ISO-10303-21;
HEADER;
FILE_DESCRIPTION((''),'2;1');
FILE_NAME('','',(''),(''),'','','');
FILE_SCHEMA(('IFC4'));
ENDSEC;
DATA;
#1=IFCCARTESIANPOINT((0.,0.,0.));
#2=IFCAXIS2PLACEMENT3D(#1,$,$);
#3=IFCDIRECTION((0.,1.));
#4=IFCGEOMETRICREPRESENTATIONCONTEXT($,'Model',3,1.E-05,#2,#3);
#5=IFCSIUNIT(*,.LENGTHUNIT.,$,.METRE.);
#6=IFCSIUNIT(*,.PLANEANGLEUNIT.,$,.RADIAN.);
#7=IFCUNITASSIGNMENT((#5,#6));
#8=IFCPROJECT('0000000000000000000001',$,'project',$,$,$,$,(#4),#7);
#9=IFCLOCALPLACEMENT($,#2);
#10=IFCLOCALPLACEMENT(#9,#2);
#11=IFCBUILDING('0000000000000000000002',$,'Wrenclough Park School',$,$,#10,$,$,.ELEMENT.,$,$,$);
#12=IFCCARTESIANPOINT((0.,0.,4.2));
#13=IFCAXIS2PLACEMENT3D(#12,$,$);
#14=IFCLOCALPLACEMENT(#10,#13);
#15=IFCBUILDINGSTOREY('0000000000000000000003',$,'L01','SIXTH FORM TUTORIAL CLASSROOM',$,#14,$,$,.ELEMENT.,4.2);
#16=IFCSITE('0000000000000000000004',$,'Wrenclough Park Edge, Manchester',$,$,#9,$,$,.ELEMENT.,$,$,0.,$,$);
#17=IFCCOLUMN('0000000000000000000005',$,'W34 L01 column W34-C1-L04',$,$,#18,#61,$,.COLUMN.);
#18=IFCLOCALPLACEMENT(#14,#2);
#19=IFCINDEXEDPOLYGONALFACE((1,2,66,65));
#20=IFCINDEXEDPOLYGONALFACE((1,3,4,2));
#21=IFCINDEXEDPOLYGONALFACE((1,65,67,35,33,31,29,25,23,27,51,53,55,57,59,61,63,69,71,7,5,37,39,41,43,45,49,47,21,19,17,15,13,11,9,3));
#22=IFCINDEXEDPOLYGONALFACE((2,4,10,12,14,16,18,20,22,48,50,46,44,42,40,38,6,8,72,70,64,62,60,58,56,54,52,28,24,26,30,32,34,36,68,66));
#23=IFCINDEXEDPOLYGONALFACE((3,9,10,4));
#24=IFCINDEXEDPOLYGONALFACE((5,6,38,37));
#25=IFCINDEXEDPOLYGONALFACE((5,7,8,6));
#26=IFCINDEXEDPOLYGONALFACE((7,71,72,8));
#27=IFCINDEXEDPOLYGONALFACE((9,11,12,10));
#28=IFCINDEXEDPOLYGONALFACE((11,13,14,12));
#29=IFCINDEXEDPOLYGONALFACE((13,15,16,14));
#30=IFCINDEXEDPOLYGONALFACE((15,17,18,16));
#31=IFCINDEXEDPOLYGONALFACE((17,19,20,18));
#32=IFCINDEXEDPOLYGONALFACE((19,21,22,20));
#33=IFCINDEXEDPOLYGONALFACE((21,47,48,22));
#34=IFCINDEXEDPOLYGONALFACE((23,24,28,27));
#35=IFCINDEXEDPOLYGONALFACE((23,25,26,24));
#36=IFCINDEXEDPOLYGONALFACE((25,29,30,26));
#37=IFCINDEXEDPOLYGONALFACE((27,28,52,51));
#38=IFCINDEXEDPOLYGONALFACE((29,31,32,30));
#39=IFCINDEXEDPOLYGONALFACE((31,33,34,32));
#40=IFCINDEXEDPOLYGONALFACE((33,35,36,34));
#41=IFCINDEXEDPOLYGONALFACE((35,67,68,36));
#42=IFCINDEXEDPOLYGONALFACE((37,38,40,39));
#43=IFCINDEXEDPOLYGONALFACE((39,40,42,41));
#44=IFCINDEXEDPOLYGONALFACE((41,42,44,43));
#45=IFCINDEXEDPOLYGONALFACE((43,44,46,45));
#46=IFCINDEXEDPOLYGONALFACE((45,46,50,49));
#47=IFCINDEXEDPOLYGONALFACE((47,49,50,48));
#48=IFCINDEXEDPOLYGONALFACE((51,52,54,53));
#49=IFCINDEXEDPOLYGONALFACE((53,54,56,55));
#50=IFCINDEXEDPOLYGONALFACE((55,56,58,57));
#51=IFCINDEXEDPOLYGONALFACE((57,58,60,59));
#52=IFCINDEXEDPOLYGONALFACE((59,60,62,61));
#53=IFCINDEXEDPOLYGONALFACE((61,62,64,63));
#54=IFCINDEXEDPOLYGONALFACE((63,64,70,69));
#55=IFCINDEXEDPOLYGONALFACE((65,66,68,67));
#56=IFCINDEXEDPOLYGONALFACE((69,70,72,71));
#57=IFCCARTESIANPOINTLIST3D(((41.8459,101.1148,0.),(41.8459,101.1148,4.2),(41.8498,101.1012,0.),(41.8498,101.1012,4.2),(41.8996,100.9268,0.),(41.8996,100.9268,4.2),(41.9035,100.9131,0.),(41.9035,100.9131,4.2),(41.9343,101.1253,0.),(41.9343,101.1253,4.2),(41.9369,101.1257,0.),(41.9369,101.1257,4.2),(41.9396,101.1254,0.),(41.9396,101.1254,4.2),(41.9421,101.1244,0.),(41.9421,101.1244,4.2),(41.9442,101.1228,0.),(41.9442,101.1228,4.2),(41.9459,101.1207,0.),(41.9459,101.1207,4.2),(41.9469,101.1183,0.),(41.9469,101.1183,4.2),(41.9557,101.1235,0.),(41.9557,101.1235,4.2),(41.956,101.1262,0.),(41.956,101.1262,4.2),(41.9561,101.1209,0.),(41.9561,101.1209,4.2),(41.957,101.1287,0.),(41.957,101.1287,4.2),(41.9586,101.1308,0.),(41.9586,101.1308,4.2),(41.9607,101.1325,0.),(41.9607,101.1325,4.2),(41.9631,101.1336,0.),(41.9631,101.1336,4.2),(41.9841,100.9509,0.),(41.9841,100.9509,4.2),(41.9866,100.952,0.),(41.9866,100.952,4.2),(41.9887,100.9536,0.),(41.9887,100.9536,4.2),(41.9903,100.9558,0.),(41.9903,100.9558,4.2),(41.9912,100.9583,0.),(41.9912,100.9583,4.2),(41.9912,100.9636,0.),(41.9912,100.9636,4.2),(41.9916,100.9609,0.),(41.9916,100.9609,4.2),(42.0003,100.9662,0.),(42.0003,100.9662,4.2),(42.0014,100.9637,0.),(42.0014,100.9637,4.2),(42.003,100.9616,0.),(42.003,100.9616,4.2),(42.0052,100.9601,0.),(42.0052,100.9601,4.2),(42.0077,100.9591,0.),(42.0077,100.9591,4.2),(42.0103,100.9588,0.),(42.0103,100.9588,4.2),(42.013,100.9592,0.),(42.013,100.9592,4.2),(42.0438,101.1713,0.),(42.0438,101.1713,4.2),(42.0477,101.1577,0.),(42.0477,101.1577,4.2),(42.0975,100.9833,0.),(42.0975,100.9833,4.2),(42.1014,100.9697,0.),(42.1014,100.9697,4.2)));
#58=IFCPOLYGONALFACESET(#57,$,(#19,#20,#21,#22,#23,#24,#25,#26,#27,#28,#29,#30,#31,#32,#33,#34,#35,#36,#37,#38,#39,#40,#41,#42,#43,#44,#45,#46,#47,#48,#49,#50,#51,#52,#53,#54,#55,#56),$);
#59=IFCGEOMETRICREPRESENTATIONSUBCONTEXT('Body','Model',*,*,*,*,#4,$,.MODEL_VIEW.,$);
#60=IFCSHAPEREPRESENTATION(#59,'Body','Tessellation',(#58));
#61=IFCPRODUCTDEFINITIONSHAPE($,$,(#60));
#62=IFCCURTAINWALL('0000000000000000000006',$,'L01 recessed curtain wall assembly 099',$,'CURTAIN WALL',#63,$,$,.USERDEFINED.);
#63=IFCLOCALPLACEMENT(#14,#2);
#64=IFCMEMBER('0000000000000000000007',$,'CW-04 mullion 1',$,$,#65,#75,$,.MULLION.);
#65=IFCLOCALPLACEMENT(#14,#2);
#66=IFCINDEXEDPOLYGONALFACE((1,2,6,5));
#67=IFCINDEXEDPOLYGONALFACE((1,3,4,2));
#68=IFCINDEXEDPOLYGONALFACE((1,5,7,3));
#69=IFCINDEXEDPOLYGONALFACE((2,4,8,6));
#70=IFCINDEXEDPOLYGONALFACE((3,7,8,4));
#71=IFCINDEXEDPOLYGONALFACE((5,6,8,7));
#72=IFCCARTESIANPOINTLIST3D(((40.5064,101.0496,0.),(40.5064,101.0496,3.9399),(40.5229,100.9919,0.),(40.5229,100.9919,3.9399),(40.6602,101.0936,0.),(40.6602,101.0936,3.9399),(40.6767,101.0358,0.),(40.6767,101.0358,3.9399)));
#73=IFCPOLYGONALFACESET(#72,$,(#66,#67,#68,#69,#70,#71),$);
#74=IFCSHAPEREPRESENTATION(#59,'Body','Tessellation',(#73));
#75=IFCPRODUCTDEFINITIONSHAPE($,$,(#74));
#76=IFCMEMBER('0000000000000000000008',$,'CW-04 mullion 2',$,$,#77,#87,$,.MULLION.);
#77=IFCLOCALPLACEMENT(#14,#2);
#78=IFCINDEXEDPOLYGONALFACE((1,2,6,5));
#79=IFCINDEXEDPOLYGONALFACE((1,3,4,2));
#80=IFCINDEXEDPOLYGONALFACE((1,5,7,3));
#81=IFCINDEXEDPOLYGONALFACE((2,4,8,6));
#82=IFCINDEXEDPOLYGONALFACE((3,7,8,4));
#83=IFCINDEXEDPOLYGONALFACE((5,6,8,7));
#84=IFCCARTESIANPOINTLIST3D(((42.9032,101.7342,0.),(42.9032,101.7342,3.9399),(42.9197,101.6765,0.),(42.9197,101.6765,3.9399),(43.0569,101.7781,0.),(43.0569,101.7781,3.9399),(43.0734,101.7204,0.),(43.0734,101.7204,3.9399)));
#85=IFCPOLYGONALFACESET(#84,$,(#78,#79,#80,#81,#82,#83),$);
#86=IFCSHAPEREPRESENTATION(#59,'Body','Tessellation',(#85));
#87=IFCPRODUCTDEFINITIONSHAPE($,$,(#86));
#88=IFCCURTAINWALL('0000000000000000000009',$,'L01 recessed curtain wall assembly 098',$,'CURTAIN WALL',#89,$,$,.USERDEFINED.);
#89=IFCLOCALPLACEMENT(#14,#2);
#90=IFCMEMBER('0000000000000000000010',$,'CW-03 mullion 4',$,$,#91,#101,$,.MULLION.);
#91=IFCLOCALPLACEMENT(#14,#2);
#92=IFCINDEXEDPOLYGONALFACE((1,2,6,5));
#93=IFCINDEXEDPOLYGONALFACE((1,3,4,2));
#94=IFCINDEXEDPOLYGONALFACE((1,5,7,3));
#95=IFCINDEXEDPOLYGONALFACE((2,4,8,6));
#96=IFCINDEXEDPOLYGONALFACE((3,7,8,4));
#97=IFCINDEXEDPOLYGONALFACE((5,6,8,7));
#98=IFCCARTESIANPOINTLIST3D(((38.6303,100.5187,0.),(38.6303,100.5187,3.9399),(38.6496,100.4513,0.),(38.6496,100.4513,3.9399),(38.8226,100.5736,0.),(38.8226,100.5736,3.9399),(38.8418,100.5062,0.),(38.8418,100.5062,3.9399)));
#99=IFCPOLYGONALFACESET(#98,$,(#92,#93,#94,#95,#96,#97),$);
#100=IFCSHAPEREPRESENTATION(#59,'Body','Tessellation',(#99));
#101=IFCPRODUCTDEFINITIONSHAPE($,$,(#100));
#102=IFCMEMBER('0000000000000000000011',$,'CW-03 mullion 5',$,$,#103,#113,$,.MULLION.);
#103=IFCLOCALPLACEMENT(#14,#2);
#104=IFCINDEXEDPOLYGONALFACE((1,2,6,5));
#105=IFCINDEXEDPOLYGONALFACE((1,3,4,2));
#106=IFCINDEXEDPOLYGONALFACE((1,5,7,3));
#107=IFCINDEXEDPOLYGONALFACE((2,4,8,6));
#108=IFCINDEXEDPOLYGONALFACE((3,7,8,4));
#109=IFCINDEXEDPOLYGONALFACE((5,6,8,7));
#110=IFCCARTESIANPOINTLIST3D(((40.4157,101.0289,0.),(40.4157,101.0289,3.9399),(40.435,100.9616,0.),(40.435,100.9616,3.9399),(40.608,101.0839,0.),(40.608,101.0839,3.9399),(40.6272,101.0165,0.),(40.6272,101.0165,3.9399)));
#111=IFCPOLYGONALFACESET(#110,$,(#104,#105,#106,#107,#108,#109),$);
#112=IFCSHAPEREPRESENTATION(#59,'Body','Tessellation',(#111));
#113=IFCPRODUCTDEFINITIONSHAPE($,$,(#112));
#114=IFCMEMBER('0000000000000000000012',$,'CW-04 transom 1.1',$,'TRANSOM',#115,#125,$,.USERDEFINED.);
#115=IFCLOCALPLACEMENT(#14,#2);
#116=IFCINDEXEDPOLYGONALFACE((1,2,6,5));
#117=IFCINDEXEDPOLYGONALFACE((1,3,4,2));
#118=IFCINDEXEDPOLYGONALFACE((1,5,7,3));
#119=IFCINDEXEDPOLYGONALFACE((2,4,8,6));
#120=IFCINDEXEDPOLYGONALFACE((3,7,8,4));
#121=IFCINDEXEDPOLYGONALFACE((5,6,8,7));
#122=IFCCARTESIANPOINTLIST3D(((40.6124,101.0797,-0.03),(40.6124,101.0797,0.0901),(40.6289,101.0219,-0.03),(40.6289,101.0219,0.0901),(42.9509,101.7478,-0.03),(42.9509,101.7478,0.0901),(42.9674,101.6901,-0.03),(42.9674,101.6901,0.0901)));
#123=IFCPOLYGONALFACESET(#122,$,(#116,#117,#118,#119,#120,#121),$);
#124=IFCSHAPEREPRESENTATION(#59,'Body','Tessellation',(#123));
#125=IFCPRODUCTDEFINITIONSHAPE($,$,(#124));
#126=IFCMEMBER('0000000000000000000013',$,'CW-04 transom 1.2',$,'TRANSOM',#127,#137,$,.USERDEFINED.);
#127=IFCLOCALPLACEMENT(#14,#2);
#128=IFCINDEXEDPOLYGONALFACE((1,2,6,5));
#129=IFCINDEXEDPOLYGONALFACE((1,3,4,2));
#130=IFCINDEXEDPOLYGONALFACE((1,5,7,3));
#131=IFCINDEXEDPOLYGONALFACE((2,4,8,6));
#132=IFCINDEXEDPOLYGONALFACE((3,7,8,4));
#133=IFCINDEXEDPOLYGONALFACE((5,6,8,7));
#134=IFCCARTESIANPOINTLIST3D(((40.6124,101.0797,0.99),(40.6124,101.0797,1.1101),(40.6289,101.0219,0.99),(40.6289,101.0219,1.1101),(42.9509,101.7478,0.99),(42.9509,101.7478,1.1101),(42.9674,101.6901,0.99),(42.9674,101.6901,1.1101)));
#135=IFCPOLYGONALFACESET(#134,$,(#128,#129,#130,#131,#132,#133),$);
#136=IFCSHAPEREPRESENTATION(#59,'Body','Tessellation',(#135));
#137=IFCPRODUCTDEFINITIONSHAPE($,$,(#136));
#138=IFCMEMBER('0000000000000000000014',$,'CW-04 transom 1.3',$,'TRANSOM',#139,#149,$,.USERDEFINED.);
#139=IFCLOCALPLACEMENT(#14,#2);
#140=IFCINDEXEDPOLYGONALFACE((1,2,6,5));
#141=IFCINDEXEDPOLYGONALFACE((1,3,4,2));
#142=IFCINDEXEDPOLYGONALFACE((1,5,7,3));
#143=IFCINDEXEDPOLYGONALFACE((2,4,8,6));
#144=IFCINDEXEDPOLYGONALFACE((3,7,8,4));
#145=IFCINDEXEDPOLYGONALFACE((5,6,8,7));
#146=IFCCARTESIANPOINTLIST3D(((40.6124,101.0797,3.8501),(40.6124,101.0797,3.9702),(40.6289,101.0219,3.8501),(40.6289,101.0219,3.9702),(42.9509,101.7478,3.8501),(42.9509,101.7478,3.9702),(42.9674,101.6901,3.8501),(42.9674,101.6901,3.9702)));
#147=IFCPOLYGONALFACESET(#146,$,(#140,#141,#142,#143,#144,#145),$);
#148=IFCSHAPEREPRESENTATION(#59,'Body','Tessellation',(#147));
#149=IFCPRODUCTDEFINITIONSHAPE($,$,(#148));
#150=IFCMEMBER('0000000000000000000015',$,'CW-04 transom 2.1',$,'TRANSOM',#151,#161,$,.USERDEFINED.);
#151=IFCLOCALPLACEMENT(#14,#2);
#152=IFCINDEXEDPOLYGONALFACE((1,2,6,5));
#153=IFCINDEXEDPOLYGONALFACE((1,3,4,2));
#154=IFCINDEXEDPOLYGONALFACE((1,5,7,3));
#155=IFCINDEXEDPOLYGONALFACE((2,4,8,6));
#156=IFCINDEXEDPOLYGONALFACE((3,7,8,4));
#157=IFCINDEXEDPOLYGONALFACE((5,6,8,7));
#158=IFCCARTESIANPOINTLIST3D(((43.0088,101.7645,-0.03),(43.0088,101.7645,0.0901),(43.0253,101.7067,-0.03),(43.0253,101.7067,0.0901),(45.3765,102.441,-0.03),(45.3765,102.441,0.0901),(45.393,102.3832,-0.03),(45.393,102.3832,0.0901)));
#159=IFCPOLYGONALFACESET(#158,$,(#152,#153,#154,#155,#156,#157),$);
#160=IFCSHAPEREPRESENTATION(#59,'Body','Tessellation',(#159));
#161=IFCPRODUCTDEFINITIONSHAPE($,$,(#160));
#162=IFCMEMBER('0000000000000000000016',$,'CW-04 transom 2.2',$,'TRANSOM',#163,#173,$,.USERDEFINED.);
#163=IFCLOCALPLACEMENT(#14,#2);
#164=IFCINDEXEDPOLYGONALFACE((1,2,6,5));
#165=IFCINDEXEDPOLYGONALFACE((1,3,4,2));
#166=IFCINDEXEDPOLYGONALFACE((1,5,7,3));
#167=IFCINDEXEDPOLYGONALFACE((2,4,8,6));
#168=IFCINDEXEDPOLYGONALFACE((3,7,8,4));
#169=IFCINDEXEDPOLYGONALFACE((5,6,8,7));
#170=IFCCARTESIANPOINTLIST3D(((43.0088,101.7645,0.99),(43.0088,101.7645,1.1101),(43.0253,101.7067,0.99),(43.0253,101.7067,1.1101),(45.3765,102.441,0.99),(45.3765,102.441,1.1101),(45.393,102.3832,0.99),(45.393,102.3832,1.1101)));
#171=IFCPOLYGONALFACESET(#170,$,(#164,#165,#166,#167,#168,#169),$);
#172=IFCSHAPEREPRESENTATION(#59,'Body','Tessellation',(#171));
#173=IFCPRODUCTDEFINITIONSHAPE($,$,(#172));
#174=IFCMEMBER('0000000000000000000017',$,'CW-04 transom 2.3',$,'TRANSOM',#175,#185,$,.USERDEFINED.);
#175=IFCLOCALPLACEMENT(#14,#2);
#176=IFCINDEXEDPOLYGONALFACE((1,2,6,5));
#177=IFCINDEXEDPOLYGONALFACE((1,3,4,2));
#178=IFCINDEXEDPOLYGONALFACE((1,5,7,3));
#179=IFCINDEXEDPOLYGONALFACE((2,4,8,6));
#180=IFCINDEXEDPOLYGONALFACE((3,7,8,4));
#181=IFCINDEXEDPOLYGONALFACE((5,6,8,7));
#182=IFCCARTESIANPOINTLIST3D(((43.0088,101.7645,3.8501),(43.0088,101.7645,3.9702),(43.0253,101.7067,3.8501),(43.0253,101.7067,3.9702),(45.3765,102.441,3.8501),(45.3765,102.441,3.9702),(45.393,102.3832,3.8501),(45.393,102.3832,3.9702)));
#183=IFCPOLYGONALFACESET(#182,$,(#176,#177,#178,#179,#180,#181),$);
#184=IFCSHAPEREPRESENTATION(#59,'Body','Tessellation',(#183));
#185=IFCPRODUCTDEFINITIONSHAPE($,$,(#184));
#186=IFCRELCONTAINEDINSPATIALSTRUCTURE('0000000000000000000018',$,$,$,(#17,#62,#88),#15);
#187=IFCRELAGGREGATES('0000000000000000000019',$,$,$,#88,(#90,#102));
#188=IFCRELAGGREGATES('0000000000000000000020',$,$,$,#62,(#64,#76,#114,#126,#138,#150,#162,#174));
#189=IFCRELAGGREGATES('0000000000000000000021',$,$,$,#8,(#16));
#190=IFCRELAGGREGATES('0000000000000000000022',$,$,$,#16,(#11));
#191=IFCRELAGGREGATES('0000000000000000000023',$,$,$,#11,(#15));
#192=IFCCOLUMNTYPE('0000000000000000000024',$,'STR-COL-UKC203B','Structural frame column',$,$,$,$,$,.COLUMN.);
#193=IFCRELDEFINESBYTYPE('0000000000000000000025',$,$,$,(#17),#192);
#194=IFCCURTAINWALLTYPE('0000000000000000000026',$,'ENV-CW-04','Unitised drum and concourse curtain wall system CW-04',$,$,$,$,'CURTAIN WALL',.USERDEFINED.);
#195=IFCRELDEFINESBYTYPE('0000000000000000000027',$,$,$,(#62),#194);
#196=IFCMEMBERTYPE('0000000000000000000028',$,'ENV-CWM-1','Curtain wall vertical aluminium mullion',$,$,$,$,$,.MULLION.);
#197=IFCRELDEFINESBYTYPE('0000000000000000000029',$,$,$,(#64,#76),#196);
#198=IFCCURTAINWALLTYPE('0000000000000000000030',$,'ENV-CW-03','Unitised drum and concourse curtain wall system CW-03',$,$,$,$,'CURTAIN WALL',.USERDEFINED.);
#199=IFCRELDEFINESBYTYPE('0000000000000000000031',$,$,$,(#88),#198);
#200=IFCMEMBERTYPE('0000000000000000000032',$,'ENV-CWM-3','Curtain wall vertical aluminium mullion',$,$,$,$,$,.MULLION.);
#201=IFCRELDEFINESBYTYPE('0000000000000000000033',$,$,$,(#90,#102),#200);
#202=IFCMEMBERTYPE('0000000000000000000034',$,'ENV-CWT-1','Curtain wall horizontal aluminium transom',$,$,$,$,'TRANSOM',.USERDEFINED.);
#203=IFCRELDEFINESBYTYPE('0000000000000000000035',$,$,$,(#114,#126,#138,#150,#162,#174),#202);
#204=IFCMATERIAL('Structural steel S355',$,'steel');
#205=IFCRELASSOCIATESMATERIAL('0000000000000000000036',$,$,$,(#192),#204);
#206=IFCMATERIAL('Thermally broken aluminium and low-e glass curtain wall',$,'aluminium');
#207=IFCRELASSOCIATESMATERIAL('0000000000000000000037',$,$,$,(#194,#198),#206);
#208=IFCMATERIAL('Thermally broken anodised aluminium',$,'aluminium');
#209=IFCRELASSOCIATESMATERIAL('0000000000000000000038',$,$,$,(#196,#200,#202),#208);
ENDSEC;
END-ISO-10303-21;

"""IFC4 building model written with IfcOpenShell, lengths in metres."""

from ifc_helpers import new_model, si_unit, direction, frame, origin, origin_2d, place, context, subcontext, project, spatial, rectangle, i_section, extrude, material, material_profile, profile_set, type_object, element, aggregate, save


model = new_model("IFC4")

# Units and contexts
model_context = context("Model", 3, precision=1e-05, world=origin(), true_north=direction((0.0, 1.0)))
body_context = subcontext(model_context, "Body", "Model", "MODEL_VIEW")
ifc_project = project(units=[si_unit("LENGTHUNIT", "METRE"), si_unit("PLANEANGLEUNIT", "RADIAN")], contexts=[model_context])

# Site, building, storey
site_placement = place(None, origin())
site = spatial("IfcSite", under=ifc_project, at=site_placement, Name="Wrenclough Park Edge, Manchester", CompositionType="ELEMENT", RefElevation=0.0)
building_placement = place(site_placement, origin())
building = spatial("IfcBuilding", under=site, at=building_placement, Name="Wrenclough Park School", CompositionType="ELEMENT")
storey_placement = place(building_placement, frame((0.0, 0.0, 4.2)))
storey = spatial("IfcBuildingStorey", under=building, at=storey_placement, Name="L01", Description="SIXTH FORM TUTORIAL CLASSROOM", CompositionType="ELEMENT", Elevation=4.2)

# Column
ifc_material_1 = material(Name="Structural steel S355", Category="steel")
ifc_material_profile_1 = material_profile(ifc_material_1, i_section(OverallWidth=0.2058, OverallDepth=0.2097, WebThickness=0.0095, FlangeThickness=0.0142, FilletRadius=0.0103, at=origin_2d()), Name="UKC 203x203x60")
ifc_profile_set_1 = profile_set([ifc_material_profile_1], Name="Structural steel S355")
column_type = type_object("IfcColumnType", Name="STR-COL-UKC203B", Description="Structural frame column", PredefinedType="COLUMN", material=ifc_profile_set_1)
column_placement = place(storey_placement, frame((41.9736, 101.0422, 0.0), z_axis=(0.0, 0.0, 1.0), x_axis=(0.961502, 0.274798, 0.0)))
element("IfcColumn", 1, at=column_placement, inside=storey, type_object=column_type, Name="W34 L01 column W34-C1-L04", PredefinedType="COLUMN", context=body_context, shape_type="SweptSolid", body=[
    extrude(i_section(OverallWidth=0.2058, OverallDepth=0.2097, WebThickness=0.0095, FlangeThickness=0.0142, FilletRadius=0.0103, at=origin_2d()), origin(), (0.0, 0.0, 1.0), 4.2),
])

# Curtain walls, members
ifc_material_2 = material(Name="Thermally broken aluminium and low-e glass curtain wall", Category="aluminium")
curtain_wall_type_1 = type_object("IfcCurtainWallType", Name="ENV-CW-04", Description="Unitised drum and concourse curtain wall system CW-04", ElementType="CURTAIN WALL", PredefinedType="USERDEFINED", material=ifc_material_2)
curtain_wall_1_placement = place(storey_placement, origin())
curtain_wall_1 = element("IfcCurtainWall", 2, at=curtain_wall_1_placement, inside=storey, type_object=curtain_wall_type_1, Name="L01 recessed curtain wall assembly 099", ObjectType="CURTAIN WALL", PredefinedType="USERDEFINED")
ifc_material_3 = material(Name="Thermally broken anodised aluminium", Category="aluminium")
ifc_material_profile_2 = material_profile(ifc_material_3, rectangle(XDim=0.0601, YDim=0.1599, at=origin_2d()), Name="AL MULLION 60x160")
ifc_profile_set_2 = profile_set([ifc_material_profile_2], Name="Thermally broken anodised aluminium")
member_type_1 = type_object("IfcMemberType", Name="ENV-CWM-1", Description="Curtain wall vertical aluminium mullion", PredefinedType="MULLION", material=ifc_profile_set_2)
member_1_placement = place(storey_placement, frame((40.5916, 101.0427, 0.0), z_axis=(0.0, 0.0, 1.0), x_axis=(-0.274711, 0.961527, 0.0)))
member_1 = element("IfcMember", 3, at=member_1_placement, type_object=member_type_1, Name="CW-04 mullion 1", PredefinedType="MULLION", context=body_context, shape_type="SweptSolid", body=[
    extrude(rectangle(XDim=0.0601, YDim=0.1599, at=origin_2d()), origin(), (0.0, 0.0, 1.0), 3.9399),
])
member_2_placement = place(storey_placement, frame((42.9883, 101.7273, 0.0), z_axis=(0.0, 0.0, 1.0), x_axis=(-0.274711, 0.961527, 0.0)))
member_2 = element("IfcMember", 4, at=member_2_placement, type_object=member_type_1, Name="CW-04 mullion 2", PredefinedType="MULLION", context=body_context, shape_type="SweptSolid", body=[
    extrude(rectangle(XDim=0.0601, YDim=0.1599, at=origin_2d()), origin(), (0.0, 0.0, 1.0), 3.9399),
])
curtain_wall_type_2 = type_object("IfcCurtainWallType", Name="ENV-CW-03", Description="Unitised drum and concourse curtain wall system CW-03", ElementType="CURTAIN WALL", PredefinedType="USERDEFINED", material=ifc_material_2)
curtain_wall_2_placement = place(storey_placement, origin())
curtain_wall_2 = element("IfcCurtainWall", 5, at=curtain_wall_2_placement, inside=storey, type_object=curtain_wall_type_2, Name="L01 recessed curtain wall assembly 098", ObjectType="CURTAIN WALL", PredefinedType="USERDEFINED")
ifc_material_profile_3 = material_profile(ifc_material_3, rectangle(XDim=0.0701, YDim=0.2, at=origin_2d()), Name="AL MULLION 70x200")
ifc_profile_set_3 = profile_set([ifc_material_profile_3], Name="Thermally broken anodised aluminium")
member_type_2 = type_object("IfcMemberType", Name="ENV-CWM-3", Description="Curtain wall vertical aluminium mullion", PredefinedType="MULLION", material=ifc_profile_set_3)
member_3_placement = place(storey_placement, frame((38.7361, 100.5125, 0.0), z_axis=(0.0, 0.0, 1.0), x_axis=(-0.274726, 0.961522, 0.0)))
member_3 = element("IfcMember", 6, at=member_3_placement, type_object=member_type_2, Name="CW-03 mullion 4", PredefinedType="MULLION", context=body_context, shape_type="SweptSolid", body=[
    extrude(rectangle(XDim=0.0701, YDim=0.2, at=origin_2d()), origin(), (0.0, 0.0, 1.0), 3.9399),
])
member_4_placement = place(storey_placement, frame((40.5215, 101.0227, 0.0), z_axis=(0.0, 0.0, 1.0), x_axis=(-0.274726, 0.961522, 0.0)))
member_4 = element("IfcMember", 7, at=member_4_placement, type_object=member_type_2, Name="CW-03 mullion 5", PredefinedType="MULLION", context=body_context, shape_type="SweptSolid", body=[
    extrude(rectangle(XDim=0.0701, YDim=0.2, at=origin_2d()), origin(), (0.0, 0.0, 1.0), 3.9399),
])

# Members
ifc_material_profile_4 = material_profile(ifc_material_3, rectangle(XDim=0.0601, YDim=0.1201, at=origin_2d()), Name="AL TRANSOM 60x120")
ifc_profile_set_4 = profile_set([ifc_material_profile_4], Name="Thermally broken anodised aluminium")
member_type_3 = type_object("IfcMemberType", Name="ENV-CWT-1", Description="Curtain wall horizontal aluminium transom", ElementType="TRANSOM", PredefinedType="USERDEFINED", material=ifc_profile_set_4)
member_5_placement = place(storey_placement, frame((40.6206, 101.0508, 0.03), z_axis=(0.96152, 0.274734, 0.0), x_axis=(-0.274734, 0.96152, 0.0)))
member_5 = element("IfcMember", 8, at=member_5_placement, type_object=member_type_3, Name="CW-04 transom 1.1", ObjectType="TRANSOM", PredefinedType="USERDEFINED", context=body_context, shape_type="SweptSolid", body=[
    extrude(rectangle(XDim=0.0601, YDim=0.1201, at=origin_2d()), origin(), (0.0, 0.0, 1.0), 2.4321),
])
member_6_placement = place(storey_placement, frame((40.6206, 101.0508, 1.05), z_axis=(0.96152, 0.274734, 0.0), x_axis=(-0.274734, 0.96152, 0.0)))
member_6 = element("IfcMember", 9, at=member_6_placement, type_object=member_type_3, Name="CW-04 transom 1.2", ObjectType="TRANSOM", PredefinedType="USERDEFINED", context=body_context, shape_type="SweptSolid", body=[
    extrude(rectangle(XDim=0.0601, YDim=0.1201, at=origin_2d()), origin(), (0.0, 0.0, 1.0), 2.4321),
])
member_7_placement = place(storey_placement, frame((40.6206, 101.0508, 3.9102), z_axis=(0.96152, 0.274734, 0.0), x_axis=(-0.274734, 0.96152, 0.0)))
member_7 = element("IfcMember", 10, at=member_7_placement, type_object=member_type_3, Name="CW-04 transom 1.3", ObjectType="TRANSOM", PredefinedType="USERDEFINED", context=body_context, shape_type="SweptSolid", body=[
    extrude(rectangle(XDim=0.0601, YDim=0.1201, at=origin_2d()), origin(), (0.0, 0.0, 1.0), 2.4321),
])
member_8_placement = place(storey_placement, frame((43.0171, 101.7356, 0.03), z_axis=(0.96152, 0.274734, 0.0), x_axis=(-0.274734, 0.96152, 0.0)))
member_8 = element("IfcMember", 11, at=member_8_placement, type_object=member_type_3, Name="CW-04 transom 2.1", ObjectType="TRANSOM", PredefinedType="USERDEFINED", context=body_context, shape_type="SweptSolid", body=[
    extrude(rectangle(XDim=0.0601, YDim=0.1201, at=origin_2d()), origin(), (0.0, 0.0, 1.0), 2.4624),
])
member_9_placement = place(storey_placement, frame((43.0171, 101.7356, 1.05), z_axis=(0.96152, 0.274734, 0.0), x_axis=(-0.274734, 0.96152, 0.0)))
member_9 = element("IfcMember", 12, at=member_9_placement, type_object=member_type_3, Name="CW-04 transom 2.2", ObjectType="TRANSOM", PredefinedType="USERDEFINED", context=body_context, shape_type="SweptSolid", body=[
    extrude(rectangle(XDim=0.0601, YDim=0.1201, at=origin_2d()), origin(), (0.0, 0.0, 1.0), 2.4624),
])
member_10_placement = place(storey_placement, frame((43.0171, 101.7356, 3.9102), z_axis=(0.96152, 0.274734, 0.0), x_axis=(-0.274734, 0.96152, 0.0)))
member_10 = element("IfcMember", 13, at=member_10_placement, type_object=member_type_3, Name="CW-04 transom 2.3", ObjectType="TRANSOM", PredefinedType="USERDEFINED", context=body_context, shape_type="SweptSolid", body=[
    extrude(rectangle(XDim=0.0601, YDim=0.1201, at=origin_2d()), origin(), (0.0, 0.0, 1.0), 2.4624),
])

aggregate(curtain_wall_2, [member_3, member_4])
aggregate(curtain_wall_1, [member_1, member_2, member_5, member_6, member_7, member_8, member_9, member_10])

save(model, "model.ifc")
